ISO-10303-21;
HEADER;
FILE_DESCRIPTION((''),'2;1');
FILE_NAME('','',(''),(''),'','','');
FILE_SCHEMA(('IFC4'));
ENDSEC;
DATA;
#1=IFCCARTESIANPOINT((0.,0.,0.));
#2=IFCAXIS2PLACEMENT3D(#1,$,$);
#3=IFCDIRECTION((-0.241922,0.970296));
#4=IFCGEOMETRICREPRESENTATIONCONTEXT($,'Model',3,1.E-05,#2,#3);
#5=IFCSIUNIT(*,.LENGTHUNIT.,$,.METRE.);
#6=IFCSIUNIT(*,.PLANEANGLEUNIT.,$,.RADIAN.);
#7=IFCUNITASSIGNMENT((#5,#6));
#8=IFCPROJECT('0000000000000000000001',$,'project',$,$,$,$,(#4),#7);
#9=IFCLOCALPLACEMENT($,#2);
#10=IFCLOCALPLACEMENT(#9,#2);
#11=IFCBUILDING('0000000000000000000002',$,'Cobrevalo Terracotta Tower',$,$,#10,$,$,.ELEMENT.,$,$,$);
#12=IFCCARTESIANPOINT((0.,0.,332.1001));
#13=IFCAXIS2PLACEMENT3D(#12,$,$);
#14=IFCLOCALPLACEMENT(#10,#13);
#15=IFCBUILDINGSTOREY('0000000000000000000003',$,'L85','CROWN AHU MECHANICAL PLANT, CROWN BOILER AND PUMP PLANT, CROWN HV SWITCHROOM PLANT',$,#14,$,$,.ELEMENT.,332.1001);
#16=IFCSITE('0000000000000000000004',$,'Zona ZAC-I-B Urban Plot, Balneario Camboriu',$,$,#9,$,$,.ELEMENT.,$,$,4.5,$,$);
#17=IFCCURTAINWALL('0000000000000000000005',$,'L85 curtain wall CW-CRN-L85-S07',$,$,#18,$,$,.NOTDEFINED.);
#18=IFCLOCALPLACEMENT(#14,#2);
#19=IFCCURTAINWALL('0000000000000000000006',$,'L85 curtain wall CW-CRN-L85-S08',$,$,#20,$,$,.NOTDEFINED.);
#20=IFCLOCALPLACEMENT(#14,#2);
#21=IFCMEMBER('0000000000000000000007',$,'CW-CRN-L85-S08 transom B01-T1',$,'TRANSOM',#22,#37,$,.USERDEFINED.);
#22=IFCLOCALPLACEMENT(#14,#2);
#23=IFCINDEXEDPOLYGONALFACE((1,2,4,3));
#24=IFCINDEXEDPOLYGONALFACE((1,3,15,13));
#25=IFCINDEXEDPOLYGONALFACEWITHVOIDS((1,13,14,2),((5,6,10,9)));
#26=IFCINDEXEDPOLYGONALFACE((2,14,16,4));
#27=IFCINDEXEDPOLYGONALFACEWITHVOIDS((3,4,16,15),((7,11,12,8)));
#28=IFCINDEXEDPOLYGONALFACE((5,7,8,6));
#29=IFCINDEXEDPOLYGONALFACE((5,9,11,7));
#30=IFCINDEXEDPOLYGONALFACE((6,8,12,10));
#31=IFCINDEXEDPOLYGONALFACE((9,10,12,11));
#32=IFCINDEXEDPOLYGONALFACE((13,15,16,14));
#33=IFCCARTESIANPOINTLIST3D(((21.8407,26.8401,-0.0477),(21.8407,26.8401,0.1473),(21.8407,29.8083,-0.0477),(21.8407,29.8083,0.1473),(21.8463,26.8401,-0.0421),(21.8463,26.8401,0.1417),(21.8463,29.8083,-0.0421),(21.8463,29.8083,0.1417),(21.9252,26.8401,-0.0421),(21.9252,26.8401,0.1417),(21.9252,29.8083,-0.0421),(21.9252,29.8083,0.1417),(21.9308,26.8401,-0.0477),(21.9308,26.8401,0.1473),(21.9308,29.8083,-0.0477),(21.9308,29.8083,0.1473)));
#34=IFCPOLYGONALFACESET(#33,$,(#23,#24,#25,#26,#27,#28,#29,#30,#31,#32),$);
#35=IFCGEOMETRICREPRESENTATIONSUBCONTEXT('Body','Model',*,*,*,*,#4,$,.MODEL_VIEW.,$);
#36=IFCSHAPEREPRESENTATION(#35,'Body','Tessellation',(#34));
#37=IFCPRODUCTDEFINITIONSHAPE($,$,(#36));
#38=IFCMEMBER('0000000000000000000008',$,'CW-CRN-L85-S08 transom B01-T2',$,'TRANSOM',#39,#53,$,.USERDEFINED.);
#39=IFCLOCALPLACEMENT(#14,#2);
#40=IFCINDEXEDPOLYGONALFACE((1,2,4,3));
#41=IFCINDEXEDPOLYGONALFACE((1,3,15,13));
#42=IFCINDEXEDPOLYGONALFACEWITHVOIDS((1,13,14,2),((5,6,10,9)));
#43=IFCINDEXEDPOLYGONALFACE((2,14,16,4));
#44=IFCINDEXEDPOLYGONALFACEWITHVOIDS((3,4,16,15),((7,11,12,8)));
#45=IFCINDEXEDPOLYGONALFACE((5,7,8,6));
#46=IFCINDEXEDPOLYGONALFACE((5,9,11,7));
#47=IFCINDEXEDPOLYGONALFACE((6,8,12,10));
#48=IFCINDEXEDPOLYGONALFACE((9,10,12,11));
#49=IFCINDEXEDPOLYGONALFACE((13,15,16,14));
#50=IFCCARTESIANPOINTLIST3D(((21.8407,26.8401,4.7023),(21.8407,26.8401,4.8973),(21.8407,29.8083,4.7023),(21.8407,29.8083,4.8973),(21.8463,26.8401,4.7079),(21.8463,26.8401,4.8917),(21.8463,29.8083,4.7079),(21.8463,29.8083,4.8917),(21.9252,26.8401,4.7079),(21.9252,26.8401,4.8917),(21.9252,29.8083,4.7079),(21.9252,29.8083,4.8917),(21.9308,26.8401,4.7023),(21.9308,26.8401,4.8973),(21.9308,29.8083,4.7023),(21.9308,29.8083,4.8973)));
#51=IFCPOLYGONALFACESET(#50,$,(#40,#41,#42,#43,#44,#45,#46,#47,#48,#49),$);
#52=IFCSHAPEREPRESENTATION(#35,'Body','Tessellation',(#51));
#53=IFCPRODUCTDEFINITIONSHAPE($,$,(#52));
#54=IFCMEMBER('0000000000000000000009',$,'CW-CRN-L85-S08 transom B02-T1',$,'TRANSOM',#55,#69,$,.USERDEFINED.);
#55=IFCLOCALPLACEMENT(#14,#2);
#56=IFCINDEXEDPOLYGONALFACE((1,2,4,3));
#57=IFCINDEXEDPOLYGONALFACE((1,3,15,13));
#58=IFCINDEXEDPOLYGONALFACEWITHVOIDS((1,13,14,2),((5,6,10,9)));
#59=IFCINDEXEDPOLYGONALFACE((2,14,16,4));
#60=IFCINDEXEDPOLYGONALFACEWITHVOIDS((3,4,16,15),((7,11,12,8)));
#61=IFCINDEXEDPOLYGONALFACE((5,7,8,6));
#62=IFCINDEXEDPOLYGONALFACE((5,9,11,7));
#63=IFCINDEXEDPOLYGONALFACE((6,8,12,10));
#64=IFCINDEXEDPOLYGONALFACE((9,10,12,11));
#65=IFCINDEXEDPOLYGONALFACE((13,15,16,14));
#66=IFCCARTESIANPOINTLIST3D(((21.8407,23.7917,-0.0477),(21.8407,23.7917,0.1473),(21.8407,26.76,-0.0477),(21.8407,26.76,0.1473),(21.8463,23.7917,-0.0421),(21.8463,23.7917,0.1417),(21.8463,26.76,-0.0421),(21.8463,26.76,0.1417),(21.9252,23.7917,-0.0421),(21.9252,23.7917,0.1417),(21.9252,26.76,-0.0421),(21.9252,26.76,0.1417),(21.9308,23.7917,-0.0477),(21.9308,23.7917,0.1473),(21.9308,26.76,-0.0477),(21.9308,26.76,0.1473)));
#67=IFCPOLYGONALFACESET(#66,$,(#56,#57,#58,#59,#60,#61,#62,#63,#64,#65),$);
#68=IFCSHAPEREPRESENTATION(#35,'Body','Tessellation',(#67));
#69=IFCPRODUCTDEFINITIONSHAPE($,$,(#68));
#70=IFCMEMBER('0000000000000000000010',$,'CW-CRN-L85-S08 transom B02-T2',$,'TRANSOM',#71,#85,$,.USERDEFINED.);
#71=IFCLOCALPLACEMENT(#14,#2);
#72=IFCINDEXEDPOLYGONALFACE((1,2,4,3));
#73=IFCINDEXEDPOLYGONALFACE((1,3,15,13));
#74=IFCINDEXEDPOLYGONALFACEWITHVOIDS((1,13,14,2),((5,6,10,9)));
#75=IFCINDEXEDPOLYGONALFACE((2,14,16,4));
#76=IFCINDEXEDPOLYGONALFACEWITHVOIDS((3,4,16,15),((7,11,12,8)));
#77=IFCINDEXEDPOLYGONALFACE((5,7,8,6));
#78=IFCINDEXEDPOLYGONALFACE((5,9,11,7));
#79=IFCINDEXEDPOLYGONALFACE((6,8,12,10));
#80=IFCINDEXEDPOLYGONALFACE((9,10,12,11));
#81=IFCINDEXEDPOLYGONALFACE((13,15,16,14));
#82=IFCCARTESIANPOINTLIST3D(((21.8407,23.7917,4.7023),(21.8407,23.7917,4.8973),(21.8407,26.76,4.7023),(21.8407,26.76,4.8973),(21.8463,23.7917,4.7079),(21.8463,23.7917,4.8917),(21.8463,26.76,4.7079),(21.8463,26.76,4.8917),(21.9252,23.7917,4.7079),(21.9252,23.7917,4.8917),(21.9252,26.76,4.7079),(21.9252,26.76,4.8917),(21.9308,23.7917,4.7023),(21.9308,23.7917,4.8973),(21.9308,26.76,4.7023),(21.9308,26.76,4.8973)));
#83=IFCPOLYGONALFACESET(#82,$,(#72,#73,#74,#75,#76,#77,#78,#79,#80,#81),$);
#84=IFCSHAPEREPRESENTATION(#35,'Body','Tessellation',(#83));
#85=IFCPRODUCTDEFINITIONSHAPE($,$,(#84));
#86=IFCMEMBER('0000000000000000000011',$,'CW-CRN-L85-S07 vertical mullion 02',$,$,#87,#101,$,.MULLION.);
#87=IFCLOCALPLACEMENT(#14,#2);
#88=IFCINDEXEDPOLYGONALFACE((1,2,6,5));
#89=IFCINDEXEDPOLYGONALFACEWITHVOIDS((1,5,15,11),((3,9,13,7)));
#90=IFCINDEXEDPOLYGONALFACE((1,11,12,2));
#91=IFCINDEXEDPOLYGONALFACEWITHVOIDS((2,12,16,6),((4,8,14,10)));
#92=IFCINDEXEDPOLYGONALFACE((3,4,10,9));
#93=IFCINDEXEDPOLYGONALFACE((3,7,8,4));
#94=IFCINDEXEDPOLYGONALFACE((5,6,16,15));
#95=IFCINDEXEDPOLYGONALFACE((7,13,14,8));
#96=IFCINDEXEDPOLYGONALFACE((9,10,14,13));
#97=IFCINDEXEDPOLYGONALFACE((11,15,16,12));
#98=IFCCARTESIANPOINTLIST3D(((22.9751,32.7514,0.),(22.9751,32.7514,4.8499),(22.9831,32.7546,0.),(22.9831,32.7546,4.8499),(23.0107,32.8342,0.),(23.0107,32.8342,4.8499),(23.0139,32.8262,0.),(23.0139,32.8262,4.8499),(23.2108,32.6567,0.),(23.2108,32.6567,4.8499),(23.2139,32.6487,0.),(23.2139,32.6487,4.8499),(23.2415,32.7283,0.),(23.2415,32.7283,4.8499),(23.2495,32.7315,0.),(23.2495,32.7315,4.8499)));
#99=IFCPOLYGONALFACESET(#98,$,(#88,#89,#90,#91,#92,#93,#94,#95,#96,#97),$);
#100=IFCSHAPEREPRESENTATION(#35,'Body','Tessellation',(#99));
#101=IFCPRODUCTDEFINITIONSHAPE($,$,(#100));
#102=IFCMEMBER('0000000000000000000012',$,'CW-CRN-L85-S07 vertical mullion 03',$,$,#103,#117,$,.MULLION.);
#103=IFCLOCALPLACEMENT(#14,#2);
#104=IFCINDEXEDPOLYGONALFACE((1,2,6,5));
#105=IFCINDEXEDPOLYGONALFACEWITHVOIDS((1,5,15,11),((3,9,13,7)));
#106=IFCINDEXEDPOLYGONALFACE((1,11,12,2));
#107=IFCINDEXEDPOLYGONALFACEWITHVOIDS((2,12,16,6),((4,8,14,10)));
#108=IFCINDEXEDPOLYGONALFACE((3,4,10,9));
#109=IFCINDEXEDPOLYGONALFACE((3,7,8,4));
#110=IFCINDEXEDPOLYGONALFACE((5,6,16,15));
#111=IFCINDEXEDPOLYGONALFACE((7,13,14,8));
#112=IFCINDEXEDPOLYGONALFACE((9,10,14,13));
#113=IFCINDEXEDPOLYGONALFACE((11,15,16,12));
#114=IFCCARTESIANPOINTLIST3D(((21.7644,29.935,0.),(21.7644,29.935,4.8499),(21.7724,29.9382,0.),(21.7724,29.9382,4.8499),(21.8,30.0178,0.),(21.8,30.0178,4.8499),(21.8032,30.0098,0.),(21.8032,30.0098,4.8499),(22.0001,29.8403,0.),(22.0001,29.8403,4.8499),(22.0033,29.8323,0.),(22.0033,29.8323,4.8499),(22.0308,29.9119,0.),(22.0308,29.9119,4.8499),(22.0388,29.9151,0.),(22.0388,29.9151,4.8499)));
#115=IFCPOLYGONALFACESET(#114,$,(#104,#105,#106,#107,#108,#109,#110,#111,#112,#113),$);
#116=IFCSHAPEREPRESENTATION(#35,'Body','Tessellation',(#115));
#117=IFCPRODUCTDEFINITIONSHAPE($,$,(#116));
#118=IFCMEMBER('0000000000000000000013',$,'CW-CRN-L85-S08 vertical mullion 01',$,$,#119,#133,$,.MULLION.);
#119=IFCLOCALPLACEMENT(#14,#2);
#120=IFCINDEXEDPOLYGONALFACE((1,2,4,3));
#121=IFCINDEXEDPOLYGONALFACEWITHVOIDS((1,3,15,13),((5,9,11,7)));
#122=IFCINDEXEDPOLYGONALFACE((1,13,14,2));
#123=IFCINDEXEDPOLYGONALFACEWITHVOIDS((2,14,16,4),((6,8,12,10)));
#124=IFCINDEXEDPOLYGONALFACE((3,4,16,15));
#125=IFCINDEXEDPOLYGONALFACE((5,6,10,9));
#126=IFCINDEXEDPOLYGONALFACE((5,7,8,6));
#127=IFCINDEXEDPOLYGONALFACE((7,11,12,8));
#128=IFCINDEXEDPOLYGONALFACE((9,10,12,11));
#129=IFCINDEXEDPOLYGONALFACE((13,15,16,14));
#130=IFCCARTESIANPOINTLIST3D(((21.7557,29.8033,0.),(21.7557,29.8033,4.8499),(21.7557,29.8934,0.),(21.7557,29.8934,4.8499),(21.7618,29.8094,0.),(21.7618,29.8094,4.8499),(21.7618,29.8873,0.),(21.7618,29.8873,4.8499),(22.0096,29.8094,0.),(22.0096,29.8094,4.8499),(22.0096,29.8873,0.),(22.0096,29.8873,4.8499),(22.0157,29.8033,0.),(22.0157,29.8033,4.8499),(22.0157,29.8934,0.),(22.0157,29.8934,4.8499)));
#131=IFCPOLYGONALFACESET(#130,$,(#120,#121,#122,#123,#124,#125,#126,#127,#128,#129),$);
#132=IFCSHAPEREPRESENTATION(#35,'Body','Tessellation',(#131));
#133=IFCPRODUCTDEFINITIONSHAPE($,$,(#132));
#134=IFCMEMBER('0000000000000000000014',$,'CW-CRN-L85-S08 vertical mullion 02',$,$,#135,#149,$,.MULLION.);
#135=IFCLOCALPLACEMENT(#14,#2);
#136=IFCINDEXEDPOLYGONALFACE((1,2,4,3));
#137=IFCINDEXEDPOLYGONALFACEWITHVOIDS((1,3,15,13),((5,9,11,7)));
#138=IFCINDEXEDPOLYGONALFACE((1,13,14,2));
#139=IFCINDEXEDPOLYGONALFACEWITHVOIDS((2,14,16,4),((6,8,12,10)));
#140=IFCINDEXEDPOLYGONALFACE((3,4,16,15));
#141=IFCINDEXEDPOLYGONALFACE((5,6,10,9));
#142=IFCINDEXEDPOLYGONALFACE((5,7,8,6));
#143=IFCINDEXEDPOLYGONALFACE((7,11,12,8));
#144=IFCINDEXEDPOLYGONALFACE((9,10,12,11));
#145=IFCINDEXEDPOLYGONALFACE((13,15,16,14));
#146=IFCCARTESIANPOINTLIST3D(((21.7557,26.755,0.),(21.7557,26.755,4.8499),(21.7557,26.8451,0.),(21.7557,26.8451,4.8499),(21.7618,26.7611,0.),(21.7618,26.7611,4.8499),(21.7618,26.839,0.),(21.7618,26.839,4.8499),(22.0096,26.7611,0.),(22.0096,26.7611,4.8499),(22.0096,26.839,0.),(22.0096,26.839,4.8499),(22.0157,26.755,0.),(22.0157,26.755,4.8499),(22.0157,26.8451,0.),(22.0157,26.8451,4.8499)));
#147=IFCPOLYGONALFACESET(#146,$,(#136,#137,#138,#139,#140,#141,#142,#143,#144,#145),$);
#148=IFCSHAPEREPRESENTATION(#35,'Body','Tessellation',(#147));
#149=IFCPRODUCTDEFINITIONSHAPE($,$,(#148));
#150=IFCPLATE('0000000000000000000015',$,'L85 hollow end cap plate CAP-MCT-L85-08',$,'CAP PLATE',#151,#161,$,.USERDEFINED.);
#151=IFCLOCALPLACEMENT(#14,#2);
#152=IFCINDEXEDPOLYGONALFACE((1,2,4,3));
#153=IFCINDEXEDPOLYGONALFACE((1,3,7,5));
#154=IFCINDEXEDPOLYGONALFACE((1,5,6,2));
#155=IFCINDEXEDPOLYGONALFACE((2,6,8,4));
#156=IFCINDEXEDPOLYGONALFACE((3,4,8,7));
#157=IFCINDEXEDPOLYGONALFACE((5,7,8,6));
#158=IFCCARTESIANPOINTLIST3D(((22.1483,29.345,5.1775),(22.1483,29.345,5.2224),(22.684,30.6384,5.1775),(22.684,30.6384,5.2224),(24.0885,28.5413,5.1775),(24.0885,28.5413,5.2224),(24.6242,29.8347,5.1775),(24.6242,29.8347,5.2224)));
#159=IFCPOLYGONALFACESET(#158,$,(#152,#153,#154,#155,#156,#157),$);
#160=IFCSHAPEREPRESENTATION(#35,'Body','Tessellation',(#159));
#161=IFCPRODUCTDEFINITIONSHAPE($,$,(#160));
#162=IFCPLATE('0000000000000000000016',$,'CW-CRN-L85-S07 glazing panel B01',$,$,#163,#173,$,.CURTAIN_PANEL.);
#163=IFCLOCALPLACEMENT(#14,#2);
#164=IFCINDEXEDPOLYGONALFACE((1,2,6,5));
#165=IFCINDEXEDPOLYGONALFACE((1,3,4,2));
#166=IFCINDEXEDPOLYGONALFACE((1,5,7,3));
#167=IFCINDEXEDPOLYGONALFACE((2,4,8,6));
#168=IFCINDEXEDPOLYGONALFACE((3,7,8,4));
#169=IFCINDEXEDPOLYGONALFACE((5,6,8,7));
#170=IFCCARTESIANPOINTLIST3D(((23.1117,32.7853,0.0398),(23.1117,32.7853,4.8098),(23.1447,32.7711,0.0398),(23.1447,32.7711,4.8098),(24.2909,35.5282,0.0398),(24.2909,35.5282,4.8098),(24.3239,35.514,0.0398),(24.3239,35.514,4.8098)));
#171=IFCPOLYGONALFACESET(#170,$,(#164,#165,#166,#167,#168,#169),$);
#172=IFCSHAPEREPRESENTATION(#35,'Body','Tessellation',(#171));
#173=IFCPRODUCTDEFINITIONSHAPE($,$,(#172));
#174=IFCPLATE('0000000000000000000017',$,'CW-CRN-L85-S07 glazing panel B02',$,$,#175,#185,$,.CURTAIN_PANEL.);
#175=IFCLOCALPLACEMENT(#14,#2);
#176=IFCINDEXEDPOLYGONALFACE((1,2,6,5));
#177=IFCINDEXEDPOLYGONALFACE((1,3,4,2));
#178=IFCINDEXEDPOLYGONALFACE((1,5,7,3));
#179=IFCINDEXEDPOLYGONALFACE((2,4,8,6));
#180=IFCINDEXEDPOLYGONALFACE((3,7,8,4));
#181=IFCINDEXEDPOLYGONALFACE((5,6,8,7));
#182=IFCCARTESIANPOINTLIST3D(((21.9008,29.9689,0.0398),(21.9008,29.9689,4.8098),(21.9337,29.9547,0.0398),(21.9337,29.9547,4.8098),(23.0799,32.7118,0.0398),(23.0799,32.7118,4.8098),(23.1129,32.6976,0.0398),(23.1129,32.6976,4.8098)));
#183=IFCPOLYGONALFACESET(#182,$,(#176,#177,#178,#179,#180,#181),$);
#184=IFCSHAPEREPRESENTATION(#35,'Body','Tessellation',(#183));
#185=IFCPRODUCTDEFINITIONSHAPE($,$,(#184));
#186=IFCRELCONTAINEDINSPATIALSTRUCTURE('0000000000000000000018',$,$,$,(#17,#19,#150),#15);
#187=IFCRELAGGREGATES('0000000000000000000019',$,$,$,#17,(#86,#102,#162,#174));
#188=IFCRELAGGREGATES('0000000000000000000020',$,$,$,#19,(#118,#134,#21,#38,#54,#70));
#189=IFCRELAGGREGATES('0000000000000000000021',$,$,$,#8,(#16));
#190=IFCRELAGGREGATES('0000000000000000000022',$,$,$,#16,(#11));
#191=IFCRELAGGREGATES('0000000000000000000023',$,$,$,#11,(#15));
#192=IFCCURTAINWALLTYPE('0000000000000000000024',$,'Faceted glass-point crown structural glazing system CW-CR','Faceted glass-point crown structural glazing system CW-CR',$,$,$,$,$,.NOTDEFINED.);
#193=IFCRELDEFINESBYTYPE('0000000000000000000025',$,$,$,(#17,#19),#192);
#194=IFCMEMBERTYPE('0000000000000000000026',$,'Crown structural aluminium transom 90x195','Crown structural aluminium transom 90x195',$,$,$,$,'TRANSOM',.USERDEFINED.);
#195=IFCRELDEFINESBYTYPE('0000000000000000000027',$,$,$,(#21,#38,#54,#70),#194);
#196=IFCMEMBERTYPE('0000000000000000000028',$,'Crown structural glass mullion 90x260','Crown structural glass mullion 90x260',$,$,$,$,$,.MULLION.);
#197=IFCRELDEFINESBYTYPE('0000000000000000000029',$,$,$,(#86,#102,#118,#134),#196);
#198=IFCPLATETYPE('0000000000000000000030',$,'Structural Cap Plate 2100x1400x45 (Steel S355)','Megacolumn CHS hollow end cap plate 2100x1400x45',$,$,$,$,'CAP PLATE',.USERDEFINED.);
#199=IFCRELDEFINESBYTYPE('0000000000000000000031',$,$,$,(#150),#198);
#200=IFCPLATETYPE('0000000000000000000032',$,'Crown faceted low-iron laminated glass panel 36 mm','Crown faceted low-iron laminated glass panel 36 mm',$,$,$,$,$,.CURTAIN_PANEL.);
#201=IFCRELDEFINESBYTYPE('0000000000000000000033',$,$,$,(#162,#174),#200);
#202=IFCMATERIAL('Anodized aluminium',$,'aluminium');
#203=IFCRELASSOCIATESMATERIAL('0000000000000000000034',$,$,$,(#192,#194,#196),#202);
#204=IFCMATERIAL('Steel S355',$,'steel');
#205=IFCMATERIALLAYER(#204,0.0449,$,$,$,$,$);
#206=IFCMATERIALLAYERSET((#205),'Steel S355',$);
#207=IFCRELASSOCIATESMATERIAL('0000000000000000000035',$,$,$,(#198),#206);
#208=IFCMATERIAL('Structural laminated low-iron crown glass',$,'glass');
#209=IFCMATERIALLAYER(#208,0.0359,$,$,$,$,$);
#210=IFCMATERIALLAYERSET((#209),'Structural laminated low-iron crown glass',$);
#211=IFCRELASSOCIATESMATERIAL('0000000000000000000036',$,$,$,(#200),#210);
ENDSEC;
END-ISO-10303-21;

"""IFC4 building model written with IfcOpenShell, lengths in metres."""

from ifc_helpers import new_model, si_unit, direction, frame, origin, origin_2d, place, context, subcontext, project, spatial, rectangle, hollow_rectangle, extrude, source, transform, mapped, material, layer, layer_set, material_profile, profile_set, type_object, element, aggregate, save


model = new_model("IFC4")

# Units and contexts
model_context = context("Model", 3, precision=1e-05, world=origin(), true_north=direction((-0.241922, 0.970296)))
body_context = subcontext(model_context, "Body", "Model", "MODEL_VIEW")
ifc_project = project(units=[si_unit("LENGTHUNIT", "METRE"), si_unit("PLANEANGLEUNIT", "RADIAN")], contexts=[model_context])

# Site, building, storey
site_placement = place(None, origin())
site = spatial("IfcSite", under=ifc_project, at=site_placement, Name="Zona ZAC-I-B Urban Plot, Balneario Camboriu", CompositionType="ELEMENT", RefElevation=4.5)
building_placement = place(site_placement, origin())
building = spatial("IfcBuilding", under=site, at=building_placement, Name="Cobrevalo Terracotta Tower", CompositionType="ELEMENT")
storey_placement = place(building_placement, frame((0.0, 0.0, 332.1001)))
storey = spatial("IfcBuildingStorey", under=building, at=storey_placement, Name="L85", Description="CROWN AHU MECHANICAL PLANT, CROWN BOILER AND PUMP PLANT, CROWN HV SWITCHROOM PLANT", CompositionType="ELEMENT", Elevation=332.1001)

# Shared definitions
ifc_material_1 = material(Name="Steel S355", Category="steel")

# Curtain walls, members
ifc_material_2 = material(Name="Anodized aluminium", Category="aluminium")
curtain_wall_type = type_object("IfcCurtainWallType", Name="Faceted glass-point crown structural glazing system CW-CR", Description="Faceted glass-point crown structural glazing system CW-CR", PredefinedType="NOTDEFINED", material=ifc_material_2)
curtain_wall_1_placement = place(storey_placement, origin())
curtain_wall_1 = element("IfcCurtainWall", 1, at=curtain_wall_1_placement, inside=storey, type_object=curtain_wall_type, Name="L85 curtain wall CW-CRN-L85-S07", PredefinedType="NOTDEFINED")
ifc_material_profile_1 = material_profile(ifc_material_2, hollow_rectangle(XDim=0.0901, YDim=0.1951, WallThickness=0.0056, at=origin_2d()), Name="CWT 90x195")
ifc_profile_set_1 = profile_set([ifc_material_profile_1], Name="Anodized aluminium")
member_type_1 = type_object("IfcMemberType", Name="Crown structural aluminium transom 90x195", Description="Crown structural aluminium transom 90x195", ElementType="TRANSOM", PredefinedType="USERDEFINED", material=ifc_profile_set_1)
curtain_wall_2_placement = place(storey_placement, origin())
curtain_wall_2 = element("IfcCurtainWall", 2, at=curtain_wall_2_placement, inside=storey, type_object=curtain_wall_type, Name="L85 curtain wall CW-CRN-L85-S08", PredefinedType="NOTDEFINED")
shared_shape_1 = source(origin(), body_context, "Body", "SweptSolid", [
    extrude(hollow_rectangle(XDim=0.0901, YDim=0.1951, WallThickness=0.0056, at=origin_2d()), origin(), (0.0, 0.0, 1.0), 2.9683),
])
member_1_placement = place(storey_placement, frame((21.8857, 29.8083, 0.0498), z_axis=(0.0, -1.0, 0.0), x_axis=(1.0, 0.0, 0.0)))
member_1 = element("IfcMember", 3, at=member_1_placement, type_object=member_type_1, Name="CW-CRN-L85-S08 transom B01-T1", ObjectType="TRANSOM", PredefinedType="USERDEFINED", context=body_context, shape_type="MappedRepresentation", body=[
    mapped(shared_shape_1, transform((0.0, 0.0, 0.0), scale=1.0)),
])
member_2_placement = place(storey_placement, frame((21.8857, 29.8083, 4.7998), z_axis=(0.0, -1.0, 0.0), x_axis=(1.0, 0.0, 0.0)))
member_2 = element("IfcMember", 4, at=member_2_placement, type_object=member_type_1, Name="CW-CRN-L85-S08 transom B01-T2", ObjectType="TRANSOM", PredefinedType="USERDEFINED", context=body_context, shape_type="MappedRepresentation", body=[
    mapped(shared_shape_1, transform((0.0, 0.0, 0.0), scale=1.0)),
])
member_3_placement = place(storey_placement, frame((21.8857, 26.76, 0.0498), z_axis=(0.0, -1.0, 0.0), x_axis=(1.0, 0.0, 0.0)))
member_3 = element("IfcMember", 5, at=member_3_placement, type_object=member_type_1, Name="CW-CRN-L85-S08 transom B02-T1", ObjectType="TRANSOM", PredefinedType="USERDEFINED", context=body_context, shape_type="MappedRepresentation", body=[
    mapped(shared_shape_1, transform((0.0, 0.0, 0.0), scale=1.0)),
])
member_4_placement = place(storey_placement, frame((21.8857, 26.76, 4.7998), z_axis=(0.0, -1.0, 0.0), x_axis=(1.0, 0.0, 0.0)))
member_4 = element("IfcMember", 6, at=member_4_placement, type_object=member_type_1, Name="CW-CRN-L85-S08 transom B02-T2", ObjectType="TRANSOM", PredefinedType="USERDEFINED", context=body_context, shape_type="MappedRepresentation", body=[
    mapped(shared_shape_1, transform((0.0, 0.0, 0.0), scale=1.0)),
])

# Members
ifc_material_profile_2 = material_profile(ifc_material_2, hollow_rectangle(XDim=0.0901, YDim=0.26, WallThickness=0.0061, at=origin_2d()), Name="CWM 90x260")
ifc_profile_set_2 = profile_set([ifc_material_profile_2], Name="Anodized aluminium")
member_type_2 = type_object("IfcMemberType", Name="Crown structural glass mullion 90x260", Description="Crown structural glass mullion 90x260", PredefinedType="MULLION", material=ifc_profile_set_2)
shared_shape_2 = source(origin(), body_context, "Body", "SweptSolid", [
    extrude(hollow_rectangle(XDim=0.0901, YDim=0.26, WallThickness=0.0061, at=origin_2d()), origin(), (0.0, 0.0, 1.0), 4.8499),
])
member_5_placement = place(storey_placement, frame((23.1123, 32.7415, 0.0), z_axis=(0.0, 0.0, 1.0), x_axis=(-0.394968, -0.918695, 0.0)))
member_5 = element("IfcMember", 7, at=member_5_placement, type_object=member_type_2, Name="CW-CRN-L85-S07 vertical mullion 02", PredefinedType="MULLION", context=body_context, shape_type="MappedRepresentation", body=[
    mapped(shared_shape_2, transform((0.0, 0.0, 0.0), scale=1.0)),
])
member_6_placement = place(storey_placement, frame((21.9016, 29.925, 0.0), z_axis=(0.0, 0.0, 1.0), x_axis=(-0.394968, -0.918695, 0.0)))
member_6 = element("IfcMember", 8, at=member_6_placement, type_object=member_type_2, Name="CW-CRN-L85-S07 vertical mullion 03", PredefinedType="MULLION", context=body_context, shape_type="MappedRepresentation", body=[
    mapped(shared_shape_2, transform((0.0, 0.0, 0.0), scale=1.0)),
])
member_7_placement = place(storey_placement, frame((21.8857, 29.8484, 0.0), z_axis=(0.0, 0.0, 1.0), x_axis=(0.0, -1.0, 0.0)))
member_7 = element("IfcMember", 9, at=member_7_placement, type_object=member_type_2, Name="CW-CRN-L85-S08 vertical mullion 01", PredefinedType="MULLION", context=body_context, shape_type="MappedRepresentation", body=[
    mapped(shared_shape_2, transform((0.0, 0.0, 0.0), scale=1.0)),
])
member_8_placement = place(storey_placement, frame((21.8857, 26.8, 0.0), z_axis=(0.0, 0.0, 1.0), x_axis=(0.0, -1.0, 0.0)))
member_8 = element("IfcMember", 10, at=member_8_placement, type_object=member_type_2, Name="CW-CRN-L85-S08 vertical mullion 02", PredefinedType="MULLION", context=body_context, shape_type="MappedRepresentation", body=[
    mapped(shared_shape_2, transform((0.0, 0.0, 0.0), scale=1.0)),
])

# Plates
ifc_layer_1 = layer(ifc_material_1, 0.0449)
ifc_layer_set_1 = layer_set([ifc_layer_1], Name="Steel S355")
plate_type_1 = type_object("IfcPlateType", Name="Structural Cap Plate 2100x1400x45 (Steel S355)", Description="Megacolumn CHS hollow end cap plate 2100x1400x45", ElementType="CAP PLATE", PredefinedType="USERDEFINED", material=ifc_layer_set_1)
shared_shape_3 = source(origin(), body_context, "Body", "SweptSolid", [
    extrude(rectangle(XDim=2.1001, YDim=1.3999, at=origin_2d()), origin(), (0.0, 0.0, 1.0), 0.0449),
])
plate_1_placement = place(storey_placement, frame((23.3862, 29.5898, 5.1775), z_axis=(0.0, 0.0, 1.0), x_axis=(-0.92388, 0.382683, 0.0)))
element("IfcPlate", 11, at=plate_1_placement, inside=storey, type_object=plate_type_1, Name="L85 hollow end cap plate CAP-MCT-L85-08", ObjectType="CAP PLATE", PredefinedType="USERDEFINED", context=body_context, shape_type="MappedRepresentation", body=[
    mapped(shared_shape_3, transform((0.0, 0.0, 0.0), scale=1.0)),
])
ifc_material_3 = material(Name="Structural laminated low-iron crown glass", Category="glass")
ifc_layer_2 = layer(ifc_material_3, 0.0359)
ifc_layer_set_2 = layer_set([ifc_layer_2], Name="Structural laminated low-iron crown glass")
plate_type_2 = type_object("IfcPlateType", Name="Crown faceted low-iron laminated glass panel 36 mm", Description="Crown faceted low-iron laminated glass panel 36 mm", PredefinedType="CURTAIN_PANEL", material=ifc_layer_set_2)
shared_shape_4 = source(origin(), body_context, "Body", "SweptSolid", [
    extrude(rectangle(XDim=2.9856, YDim=0.0359, at=origin_2d()), origin(), (0.0, 0.0, 1.0), 4.77),
])
plate_2_placement = place(storey_placement, frame((23.7178, 34.1497, 0.0398), z_axis=(0.0, 0.0, 1.0), x_axis=(-0.39496, -0.918698, 0.0)))
plate_2 = element("IfcPlate", 12, at=plate_2_placement, type_object=plate_type_2, Name="CW-CRN-L85-S07 glazing panel B01", PredefinedType="CURTAIN_PANEL", context=body_context, shape_type="MappedRepresentation", body=[
    mapped(shared_shape_4, transform((0.0, 0.0, 0.0), scale=1.0)),
])
plate_3_placement = place(storey_placement, frame((22.5068, 31.3333, 0.0398), z_axis=(0.0, 0.0, 1.0), x_axis=(-0.39496, -0.918698, 0.0)))
plate_3 = element("IfcPlate", 13, at=plate_3_placement, type_object=plate_type_2, Name="CW-CRN-L85-S07 glazing panel B02", PredefinedType="CURTAIN_PANEL", context=body_context, shape_type="MappedRepresentation", body=[
    mapped(shared_shape_4, transform((0.0, 0.0, 0.0), scale=1.0)),
])
aggregate(curtain_wall_1, [member_5, member_6, plate_2, plate_3])
aggregate(curtain_wall_2, [member_7, member_8, member_1, member_2, member_3, member_4])

save(model, "model.ifc")
